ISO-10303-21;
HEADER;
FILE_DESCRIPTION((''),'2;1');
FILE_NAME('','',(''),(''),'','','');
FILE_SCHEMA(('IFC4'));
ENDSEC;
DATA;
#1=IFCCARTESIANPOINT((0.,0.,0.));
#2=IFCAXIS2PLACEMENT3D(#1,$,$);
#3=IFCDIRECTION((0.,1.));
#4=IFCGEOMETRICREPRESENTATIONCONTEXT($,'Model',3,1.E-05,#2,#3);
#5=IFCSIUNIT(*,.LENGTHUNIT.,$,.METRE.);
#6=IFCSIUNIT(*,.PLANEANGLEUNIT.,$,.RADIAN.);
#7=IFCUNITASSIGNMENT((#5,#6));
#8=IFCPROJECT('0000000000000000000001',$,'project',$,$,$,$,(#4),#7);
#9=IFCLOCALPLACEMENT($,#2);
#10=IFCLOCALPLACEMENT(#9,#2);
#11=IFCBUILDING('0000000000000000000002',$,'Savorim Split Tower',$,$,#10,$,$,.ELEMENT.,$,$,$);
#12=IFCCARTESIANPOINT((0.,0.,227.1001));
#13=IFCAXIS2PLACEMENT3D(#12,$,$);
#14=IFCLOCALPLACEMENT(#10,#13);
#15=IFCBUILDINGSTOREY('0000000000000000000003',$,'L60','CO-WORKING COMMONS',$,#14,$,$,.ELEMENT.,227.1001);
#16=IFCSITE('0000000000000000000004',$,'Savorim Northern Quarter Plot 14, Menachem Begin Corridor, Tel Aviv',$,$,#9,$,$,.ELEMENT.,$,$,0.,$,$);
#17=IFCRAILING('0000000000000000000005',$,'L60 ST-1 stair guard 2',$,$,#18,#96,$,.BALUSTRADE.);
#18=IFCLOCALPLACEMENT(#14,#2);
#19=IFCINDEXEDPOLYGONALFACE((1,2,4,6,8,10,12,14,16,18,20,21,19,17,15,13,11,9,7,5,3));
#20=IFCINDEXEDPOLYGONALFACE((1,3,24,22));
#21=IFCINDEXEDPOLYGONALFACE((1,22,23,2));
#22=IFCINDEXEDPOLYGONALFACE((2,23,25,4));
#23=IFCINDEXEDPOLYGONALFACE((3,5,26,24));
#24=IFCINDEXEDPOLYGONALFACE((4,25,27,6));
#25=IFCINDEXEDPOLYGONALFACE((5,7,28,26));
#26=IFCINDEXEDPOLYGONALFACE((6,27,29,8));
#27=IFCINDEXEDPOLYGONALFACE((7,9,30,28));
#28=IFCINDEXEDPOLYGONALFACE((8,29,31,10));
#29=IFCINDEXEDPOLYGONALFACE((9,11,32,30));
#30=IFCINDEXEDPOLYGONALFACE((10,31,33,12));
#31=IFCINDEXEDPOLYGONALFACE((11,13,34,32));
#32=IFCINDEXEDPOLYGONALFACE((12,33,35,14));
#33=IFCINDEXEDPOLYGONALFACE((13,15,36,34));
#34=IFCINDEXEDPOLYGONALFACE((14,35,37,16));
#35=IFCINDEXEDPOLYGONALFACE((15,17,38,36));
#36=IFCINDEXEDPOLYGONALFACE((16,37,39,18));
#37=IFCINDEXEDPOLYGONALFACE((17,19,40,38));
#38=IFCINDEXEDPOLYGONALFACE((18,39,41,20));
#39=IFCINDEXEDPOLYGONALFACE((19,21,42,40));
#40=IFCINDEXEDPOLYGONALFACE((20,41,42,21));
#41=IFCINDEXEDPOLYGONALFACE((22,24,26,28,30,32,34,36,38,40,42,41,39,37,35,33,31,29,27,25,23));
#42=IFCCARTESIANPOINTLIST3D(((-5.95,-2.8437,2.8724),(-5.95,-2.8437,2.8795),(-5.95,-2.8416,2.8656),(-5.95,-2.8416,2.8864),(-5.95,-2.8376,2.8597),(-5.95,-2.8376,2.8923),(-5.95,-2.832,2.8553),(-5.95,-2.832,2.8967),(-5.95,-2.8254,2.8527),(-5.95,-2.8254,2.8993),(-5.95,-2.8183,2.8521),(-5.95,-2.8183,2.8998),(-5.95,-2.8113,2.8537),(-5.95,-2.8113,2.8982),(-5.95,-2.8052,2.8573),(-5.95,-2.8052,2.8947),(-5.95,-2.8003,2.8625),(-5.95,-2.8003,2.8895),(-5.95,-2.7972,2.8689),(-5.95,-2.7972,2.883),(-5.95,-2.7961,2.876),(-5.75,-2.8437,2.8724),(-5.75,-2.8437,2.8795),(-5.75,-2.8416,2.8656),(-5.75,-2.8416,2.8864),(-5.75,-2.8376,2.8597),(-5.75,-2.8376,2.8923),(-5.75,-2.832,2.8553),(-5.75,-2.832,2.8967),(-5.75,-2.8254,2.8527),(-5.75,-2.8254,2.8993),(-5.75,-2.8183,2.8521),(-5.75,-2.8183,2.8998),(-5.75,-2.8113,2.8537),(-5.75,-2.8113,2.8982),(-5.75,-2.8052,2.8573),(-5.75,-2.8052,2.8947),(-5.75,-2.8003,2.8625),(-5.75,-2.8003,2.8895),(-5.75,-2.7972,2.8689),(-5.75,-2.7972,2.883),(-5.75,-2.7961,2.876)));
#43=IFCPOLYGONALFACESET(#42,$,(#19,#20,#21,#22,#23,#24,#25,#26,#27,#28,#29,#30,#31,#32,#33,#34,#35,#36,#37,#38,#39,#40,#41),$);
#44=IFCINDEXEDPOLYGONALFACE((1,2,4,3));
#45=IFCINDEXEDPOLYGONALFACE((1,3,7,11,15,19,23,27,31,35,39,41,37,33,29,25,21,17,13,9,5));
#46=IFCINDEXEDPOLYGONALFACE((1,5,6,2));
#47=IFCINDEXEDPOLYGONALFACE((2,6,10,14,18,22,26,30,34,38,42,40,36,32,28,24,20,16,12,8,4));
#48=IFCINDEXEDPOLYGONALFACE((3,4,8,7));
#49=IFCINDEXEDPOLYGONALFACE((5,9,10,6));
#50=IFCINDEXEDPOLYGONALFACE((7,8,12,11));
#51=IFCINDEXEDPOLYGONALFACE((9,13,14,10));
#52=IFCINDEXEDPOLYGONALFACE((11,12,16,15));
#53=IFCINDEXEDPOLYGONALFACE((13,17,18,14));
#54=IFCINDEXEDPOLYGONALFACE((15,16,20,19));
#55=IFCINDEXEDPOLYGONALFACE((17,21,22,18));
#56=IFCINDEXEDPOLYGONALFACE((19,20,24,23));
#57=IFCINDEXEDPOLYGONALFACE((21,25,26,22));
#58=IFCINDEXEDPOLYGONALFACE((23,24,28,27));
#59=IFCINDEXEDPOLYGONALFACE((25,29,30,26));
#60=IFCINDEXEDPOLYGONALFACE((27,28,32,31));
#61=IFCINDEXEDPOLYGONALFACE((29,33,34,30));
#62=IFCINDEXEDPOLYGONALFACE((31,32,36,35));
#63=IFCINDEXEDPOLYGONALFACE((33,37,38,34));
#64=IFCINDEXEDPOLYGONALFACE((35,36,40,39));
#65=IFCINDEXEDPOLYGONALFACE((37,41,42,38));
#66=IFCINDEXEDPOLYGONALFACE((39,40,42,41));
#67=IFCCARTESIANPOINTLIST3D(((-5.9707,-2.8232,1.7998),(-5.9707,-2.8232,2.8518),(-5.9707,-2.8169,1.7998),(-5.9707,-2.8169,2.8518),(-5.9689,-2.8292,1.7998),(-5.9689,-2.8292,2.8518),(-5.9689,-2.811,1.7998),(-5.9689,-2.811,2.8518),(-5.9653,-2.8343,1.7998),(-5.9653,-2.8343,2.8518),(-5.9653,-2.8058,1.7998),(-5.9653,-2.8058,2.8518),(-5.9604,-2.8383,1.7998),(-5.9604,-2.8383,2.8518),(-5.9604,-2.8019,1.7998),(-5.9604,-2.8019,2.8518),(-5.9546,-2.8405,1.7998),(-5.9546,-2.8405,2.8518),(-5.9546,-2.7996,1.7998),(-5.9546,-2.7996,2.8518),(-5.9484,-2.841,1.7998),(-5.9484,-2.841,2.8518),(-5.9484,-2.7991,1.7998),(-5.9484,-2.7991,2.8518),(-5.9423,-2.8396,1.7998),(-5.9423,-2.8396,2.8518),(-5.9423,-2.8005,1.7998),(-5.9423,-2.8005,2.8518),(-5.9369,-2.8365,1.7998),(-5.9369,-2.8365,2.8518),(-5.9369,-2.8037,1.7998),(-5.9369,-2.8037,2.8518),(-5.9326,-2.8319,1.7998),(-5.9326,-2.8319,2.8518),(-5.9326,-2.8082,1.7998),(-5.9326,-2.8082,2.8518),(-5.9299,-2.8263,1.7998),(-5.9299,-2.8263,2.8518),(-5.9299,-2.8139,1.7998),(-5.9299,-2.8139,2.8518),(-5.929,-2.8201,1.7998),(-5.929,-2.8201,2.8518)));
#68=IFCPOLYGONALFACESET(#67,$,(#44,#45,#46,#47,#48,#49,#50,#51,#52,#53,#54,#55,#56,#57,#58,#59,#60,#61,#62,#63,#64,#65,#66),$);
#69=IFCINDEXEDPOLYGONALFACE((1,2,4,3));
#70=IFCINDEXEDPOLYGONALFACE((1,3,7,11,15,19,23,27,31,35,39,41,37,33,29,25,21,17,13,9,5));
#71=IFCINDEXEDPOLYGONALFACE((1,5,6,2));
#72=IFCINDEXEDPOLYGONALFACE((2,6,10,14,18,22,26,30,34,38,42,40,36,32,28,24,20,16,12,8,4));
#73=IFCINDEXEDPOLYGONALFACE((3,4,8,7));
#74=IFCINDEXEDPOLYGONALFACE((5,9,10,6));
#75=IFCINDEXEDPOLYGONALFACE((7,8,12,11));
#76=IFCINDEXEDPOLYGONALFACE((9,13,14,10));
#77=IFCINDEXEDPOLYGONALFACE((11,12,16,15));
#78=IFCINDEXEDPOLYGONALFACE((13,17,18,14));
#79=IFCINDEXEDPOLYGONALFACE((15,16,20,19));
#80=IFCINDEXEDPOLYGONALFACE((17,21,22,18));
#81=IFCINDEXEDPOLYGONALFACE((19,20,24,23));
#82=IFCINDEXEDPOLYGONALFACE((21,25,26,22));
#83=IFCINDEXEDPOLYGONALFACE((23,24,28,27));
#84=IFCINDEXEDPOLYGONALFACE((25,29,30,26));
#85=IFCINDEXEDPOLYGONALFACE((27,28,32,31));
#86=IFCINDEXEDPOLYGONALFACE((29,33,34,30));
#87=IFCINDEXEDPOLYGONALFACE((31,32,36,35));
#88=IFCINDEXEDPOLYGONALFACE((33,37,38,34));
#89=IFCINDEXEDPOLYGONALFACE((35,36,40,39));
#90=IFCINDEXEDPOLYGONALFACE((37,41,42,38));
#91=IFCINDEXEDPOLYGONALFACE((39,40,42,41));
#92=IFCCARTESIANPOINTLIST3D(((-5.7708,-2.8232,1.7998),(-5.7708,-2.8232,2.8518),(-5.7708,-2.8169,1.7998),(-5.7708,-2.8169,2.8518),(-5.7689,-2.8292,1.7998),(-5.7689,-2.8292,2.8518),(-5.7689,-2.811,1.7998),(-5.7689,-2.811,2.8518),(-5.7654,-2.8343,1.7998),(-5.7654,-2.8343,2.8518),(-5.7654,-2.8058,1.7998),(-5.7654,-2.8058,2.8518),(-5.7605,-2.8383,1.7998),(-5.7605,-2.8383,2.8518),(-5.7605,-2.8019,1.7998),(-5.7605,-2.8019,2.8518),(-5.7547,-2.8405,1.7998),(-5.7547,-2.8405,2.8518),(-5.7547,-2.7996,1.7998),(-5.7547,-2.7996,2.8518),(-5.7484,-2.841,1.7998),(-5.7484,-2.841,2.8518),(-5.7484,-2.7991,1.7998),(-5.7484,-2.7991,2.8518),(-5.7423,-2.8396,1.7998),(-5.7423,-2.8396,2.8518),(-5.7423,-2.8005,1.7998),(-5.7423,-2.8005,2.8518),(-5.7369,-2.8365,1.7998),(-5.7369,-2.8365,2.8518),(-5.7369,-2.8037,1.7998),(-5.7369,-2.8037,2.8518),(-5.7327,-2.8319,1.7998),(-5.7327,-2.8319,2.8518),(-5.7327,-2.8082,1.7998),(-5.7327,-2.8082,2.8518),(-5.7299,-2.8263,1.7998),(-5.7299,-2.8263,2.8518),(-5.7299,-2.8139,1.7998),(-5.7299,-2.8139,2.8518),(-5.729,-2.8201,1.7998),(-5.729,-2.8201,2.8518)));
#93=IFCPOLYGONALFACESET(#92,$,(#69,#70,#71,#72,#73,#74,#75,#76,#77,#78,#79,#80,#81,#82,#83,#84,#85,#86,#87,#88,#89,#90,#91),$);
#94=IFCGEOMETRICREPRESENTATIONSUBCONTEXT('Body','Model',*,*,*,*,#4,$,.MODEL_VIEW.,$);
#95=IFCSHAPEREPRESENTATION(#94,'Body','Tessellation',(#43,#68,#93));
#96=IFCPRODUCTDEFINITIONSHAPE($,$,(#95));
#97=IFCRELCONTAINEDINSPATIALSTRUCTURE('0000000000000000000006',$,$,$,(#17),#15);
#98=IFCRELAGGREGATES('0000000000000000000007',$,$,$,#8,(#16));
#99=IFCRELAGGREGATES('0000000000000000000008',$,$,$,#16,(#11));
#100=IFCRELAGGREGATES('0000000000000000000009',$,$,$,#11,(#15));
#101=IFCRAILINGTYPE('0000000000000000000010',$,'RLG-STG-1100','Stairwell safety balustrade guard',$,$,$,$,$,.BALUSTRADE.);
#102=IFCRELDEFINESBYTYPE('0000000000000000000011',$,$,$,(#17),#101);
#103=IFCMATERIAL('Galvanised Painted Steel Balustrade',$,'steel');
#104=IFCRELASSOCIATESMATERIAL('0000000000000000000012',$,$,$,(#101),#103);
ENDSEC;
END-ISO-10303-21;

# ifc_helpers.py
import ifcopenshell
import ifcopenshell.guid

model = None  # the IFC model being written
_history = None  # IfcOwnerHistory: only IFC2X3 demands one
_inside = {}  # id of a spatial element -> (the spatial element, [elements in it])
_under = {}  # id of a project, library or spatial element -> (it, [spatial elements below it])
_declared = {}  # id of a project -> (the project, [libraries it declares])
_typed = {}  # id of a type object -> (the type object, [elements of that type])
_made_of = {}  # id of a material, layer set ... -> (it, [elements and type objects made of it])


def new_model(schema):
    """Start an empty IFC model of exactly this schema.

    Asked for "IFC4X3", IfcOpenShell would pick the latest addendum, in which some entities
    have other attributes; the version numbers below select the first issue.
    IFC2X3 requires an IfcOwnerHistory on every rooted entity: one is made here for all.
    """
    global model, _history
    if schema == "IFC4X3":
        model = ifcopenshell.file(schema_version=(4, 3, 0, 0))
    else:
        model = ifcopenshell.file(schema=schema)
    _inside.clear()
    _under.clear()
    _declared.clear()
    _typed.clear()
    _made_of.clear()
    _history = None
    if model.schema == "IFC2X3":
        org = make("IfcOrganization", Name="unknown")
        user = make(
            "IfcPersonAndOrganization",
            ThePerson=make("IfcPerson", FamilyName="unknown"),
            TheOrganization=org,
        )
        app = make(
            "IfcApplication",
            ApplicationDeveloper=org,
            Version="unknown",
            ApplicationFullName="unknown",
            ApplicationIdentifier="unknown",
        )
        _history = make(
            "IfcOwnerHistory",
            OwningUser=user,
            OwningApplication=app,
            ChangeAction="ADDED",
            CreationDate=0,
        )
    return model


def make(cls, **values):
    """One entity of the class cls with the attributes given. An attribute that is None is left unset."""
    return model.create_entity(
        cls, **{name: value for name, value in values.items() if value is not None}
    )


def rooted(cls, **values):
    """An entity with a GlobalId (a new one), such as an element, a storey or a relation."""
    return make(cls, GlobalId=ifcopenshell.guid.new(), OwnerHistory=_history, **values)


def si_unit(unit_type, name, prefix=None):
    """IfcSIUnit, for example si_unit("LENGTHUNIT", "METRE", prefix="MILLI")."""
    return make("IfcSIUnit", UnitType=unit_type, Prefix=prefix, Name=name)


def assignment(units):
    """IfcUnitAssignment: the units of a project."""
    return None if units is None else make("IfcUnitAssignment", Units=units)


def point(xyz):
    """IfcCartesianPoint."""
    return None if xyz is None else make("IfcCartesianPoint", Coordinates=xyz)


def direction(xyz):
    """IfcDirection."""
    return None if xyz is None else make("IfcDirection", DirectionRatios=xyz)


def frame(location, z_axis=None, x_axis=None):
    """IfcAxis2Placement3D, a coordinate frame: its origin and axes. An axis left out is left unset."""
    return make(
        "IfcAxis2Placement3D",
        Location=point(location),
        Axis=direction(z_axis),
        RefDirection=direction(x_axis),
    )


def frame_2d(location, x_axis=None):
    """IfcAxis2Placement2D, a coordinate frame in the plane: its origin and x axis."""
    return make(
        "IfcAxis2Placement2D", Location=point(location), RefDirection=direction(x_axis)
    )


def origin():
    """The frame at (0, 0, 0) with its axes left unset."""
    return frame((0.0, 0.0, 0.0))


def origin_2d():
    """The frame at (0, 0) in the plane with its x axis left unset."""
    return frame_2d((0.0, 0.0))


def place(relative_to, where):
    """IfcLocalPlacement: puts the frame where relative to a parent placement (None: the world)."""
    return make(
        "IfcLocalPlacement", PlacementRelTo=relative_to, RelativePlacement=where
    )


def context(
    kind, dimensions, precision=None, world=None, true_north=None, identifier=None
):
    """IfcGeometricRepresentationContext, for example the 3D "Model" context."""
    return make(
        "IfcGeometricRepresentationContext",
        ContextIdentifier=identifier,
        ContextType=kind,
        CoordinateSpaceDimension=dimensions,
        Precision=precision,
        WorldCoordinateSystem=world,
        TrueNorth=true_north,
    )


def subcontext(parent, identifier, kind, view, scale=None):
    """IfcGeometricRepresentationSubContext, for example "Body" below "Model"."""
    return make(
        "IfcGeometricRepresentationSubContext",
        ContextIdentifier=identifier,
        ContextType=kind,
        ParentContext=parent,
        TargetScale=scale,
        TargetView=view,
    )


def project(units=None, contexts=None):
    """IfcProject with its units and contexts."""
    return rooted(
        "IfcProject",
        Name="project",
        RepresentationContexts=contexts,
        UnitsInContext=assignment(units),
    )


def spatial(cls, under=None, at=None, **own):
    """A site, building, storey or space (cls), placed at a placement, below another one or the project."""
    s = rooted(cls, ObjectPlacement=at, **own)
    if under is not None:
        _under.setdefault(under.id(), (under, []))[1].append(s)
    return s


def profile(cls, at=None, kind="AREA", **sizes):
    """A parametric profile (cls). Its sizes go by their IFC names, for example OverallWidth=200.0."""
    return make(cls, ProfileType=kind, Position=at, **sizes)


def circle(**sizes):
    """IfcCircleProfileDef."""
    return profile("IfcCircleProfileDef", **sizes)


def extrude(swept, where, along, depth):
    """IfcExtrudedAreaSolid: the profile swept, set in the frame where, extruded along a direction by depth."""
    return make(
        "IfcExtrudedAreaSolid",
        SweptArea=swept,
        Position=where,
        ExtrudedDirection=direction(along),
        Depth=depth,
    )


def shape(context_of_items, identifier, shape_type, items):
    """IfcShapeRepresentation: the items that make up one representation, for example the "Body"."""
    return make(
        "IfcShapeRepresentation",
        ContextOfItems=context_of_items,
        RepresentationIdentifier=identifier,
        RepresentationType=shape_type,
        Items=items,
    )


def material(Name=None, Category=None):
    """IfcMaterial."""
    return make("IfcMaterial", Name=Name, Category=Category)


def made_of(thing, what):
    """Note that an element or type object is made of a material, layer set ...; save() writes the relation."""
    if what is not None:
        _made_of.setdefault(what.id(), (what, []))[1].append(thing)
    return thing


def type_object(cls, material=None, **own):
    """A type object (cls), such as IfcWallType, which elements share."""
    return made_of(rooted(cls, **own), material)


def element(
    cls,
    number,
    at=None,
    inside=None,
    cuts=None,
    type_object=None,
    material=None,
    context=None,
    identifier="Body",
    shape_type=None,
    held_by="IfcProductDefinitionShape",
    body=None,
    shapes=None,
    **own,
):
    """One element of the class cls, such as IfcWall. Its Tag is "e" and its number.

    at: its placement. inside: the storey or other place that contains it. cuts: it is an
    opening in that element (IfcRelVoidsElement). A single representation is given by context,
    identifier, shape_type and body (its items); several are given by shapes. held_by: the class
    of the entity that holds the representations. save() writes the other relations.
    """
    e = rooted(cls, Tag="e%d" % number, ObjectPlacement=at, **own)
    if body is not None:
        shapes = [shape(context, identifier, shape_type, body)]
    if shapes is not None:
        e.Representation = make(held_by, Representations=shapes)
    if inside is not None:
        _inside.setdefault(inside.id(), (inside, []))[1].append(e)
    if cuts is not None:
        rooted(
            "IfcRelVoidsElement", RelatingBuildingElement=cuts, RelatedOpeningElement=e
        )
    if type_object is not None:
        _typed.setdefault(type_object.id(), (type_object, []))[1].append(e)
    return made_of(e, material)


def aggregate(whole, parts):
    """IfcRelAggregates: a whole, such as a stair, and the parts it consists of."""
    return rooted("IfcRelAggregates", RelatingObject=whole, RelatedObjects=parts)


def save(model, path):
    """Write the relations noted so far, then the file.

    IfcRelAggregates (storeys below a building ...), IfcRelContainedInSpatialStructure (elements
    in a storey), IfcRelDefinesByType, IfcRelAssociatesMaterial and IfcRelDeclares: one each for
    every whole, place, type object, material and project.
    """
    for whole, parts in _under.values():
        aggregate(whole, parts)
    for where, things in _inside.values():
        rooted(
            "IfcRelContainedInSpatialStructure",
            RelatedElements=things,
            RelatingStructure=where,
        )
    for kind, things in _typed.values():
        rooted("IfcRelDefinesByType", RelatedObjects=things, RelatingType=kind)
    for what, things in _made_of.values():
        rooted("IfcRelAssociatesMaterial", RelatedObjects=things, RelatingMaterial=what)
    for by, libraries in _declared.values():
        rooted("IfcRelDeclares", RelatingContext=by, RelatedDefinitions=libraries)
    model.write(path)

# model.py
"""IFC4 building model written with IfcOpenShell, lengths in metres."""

from ifc_helpers import new_model, si_unit, direction, frame, origin, origin_2d, place, context, subcontext, project, spatial, circle, extrude, material, type_object, element, save


model = new_model("IFC4")

# Units and contexts
model_context = context("Model", 3, precision=1e-05, world=origin(), true_north=direction((0.0, 1.0)))
body_context = subcontext(model_context, "Body", "Model", "MODEL_VIEW")
ifc_project = project(units=[si_unit("LENGTHUNIT", "METRE"), si_unit("PLANEANGLEUNIT", "RADIAN")], contexts=[model_context])

# Site, building, storey
site_placement = place(None, origin())
site = spatial("IfcSite", under=ifc_project, at=site_placement, Name="Savorim Northern Quarter Plot 14, Menachem Begin Corridor, Tel Aviv", CompositionType="ELEMENT", RefElevation=0.0)
building_placement = place(site_placement, origin())
building = spatial("IfcBuilding", under=site, at=building_placement, Name="Savorim Split Tower", CompositionType="ELEMENT")
storey_placement = place(building_placement, frame((0.0, 0.0, 227.1001)))
storey = spatial("IfcBuildingStorey", under=building, at=storey_placement, Name="L60", Description="CO-WORKING COMMONS", CompositionType="ELEMENT", Elevation=227.1001)

# Railing
ifc_material_1 = material(Name="Galvanised Painted Steel Balustrade", Category="steel")
railing_type_1 = type_object("IfcRailingType", Name="RLG-STG-1100", Description="Stairwell safety balustrade guard", PredefinedType="BALUSTRADE", material=ifc_material_1)
railing_1_placement = place(storey_placement, frame((-5.95, -2.8201, 1.7998)))
element("IfcRailing", 1, at=railing_1_placement, inside=storey, type_object=railing_type_1, Name="L60 ST-1 stair guard 2", PredefinedType="BALUSTRADE", context=body_context, shape_type="SweptSolid", body=[
    extrude(circle(Radius=0.0239, at=origin_2d()), frame((0.0, 0.0, 1.0762), z_axis=(1.0, 0.0, 0.0), x_axis=(0.0, 1.0, 0.0)), (0.0, 0.0, 1.0), 0.2),
    extrude(circle(Radius=0.021, at=origin_2d()), origin(), (0.0, 0.0, 1.0), 1.052),
    extrude(circle(Radius=0.021, at=origin_2d()), frame((0.2, 0.0, 0.0)), (0.0, 0.0, 1.0), 1.052),
])

save(model, "model.ifc")
